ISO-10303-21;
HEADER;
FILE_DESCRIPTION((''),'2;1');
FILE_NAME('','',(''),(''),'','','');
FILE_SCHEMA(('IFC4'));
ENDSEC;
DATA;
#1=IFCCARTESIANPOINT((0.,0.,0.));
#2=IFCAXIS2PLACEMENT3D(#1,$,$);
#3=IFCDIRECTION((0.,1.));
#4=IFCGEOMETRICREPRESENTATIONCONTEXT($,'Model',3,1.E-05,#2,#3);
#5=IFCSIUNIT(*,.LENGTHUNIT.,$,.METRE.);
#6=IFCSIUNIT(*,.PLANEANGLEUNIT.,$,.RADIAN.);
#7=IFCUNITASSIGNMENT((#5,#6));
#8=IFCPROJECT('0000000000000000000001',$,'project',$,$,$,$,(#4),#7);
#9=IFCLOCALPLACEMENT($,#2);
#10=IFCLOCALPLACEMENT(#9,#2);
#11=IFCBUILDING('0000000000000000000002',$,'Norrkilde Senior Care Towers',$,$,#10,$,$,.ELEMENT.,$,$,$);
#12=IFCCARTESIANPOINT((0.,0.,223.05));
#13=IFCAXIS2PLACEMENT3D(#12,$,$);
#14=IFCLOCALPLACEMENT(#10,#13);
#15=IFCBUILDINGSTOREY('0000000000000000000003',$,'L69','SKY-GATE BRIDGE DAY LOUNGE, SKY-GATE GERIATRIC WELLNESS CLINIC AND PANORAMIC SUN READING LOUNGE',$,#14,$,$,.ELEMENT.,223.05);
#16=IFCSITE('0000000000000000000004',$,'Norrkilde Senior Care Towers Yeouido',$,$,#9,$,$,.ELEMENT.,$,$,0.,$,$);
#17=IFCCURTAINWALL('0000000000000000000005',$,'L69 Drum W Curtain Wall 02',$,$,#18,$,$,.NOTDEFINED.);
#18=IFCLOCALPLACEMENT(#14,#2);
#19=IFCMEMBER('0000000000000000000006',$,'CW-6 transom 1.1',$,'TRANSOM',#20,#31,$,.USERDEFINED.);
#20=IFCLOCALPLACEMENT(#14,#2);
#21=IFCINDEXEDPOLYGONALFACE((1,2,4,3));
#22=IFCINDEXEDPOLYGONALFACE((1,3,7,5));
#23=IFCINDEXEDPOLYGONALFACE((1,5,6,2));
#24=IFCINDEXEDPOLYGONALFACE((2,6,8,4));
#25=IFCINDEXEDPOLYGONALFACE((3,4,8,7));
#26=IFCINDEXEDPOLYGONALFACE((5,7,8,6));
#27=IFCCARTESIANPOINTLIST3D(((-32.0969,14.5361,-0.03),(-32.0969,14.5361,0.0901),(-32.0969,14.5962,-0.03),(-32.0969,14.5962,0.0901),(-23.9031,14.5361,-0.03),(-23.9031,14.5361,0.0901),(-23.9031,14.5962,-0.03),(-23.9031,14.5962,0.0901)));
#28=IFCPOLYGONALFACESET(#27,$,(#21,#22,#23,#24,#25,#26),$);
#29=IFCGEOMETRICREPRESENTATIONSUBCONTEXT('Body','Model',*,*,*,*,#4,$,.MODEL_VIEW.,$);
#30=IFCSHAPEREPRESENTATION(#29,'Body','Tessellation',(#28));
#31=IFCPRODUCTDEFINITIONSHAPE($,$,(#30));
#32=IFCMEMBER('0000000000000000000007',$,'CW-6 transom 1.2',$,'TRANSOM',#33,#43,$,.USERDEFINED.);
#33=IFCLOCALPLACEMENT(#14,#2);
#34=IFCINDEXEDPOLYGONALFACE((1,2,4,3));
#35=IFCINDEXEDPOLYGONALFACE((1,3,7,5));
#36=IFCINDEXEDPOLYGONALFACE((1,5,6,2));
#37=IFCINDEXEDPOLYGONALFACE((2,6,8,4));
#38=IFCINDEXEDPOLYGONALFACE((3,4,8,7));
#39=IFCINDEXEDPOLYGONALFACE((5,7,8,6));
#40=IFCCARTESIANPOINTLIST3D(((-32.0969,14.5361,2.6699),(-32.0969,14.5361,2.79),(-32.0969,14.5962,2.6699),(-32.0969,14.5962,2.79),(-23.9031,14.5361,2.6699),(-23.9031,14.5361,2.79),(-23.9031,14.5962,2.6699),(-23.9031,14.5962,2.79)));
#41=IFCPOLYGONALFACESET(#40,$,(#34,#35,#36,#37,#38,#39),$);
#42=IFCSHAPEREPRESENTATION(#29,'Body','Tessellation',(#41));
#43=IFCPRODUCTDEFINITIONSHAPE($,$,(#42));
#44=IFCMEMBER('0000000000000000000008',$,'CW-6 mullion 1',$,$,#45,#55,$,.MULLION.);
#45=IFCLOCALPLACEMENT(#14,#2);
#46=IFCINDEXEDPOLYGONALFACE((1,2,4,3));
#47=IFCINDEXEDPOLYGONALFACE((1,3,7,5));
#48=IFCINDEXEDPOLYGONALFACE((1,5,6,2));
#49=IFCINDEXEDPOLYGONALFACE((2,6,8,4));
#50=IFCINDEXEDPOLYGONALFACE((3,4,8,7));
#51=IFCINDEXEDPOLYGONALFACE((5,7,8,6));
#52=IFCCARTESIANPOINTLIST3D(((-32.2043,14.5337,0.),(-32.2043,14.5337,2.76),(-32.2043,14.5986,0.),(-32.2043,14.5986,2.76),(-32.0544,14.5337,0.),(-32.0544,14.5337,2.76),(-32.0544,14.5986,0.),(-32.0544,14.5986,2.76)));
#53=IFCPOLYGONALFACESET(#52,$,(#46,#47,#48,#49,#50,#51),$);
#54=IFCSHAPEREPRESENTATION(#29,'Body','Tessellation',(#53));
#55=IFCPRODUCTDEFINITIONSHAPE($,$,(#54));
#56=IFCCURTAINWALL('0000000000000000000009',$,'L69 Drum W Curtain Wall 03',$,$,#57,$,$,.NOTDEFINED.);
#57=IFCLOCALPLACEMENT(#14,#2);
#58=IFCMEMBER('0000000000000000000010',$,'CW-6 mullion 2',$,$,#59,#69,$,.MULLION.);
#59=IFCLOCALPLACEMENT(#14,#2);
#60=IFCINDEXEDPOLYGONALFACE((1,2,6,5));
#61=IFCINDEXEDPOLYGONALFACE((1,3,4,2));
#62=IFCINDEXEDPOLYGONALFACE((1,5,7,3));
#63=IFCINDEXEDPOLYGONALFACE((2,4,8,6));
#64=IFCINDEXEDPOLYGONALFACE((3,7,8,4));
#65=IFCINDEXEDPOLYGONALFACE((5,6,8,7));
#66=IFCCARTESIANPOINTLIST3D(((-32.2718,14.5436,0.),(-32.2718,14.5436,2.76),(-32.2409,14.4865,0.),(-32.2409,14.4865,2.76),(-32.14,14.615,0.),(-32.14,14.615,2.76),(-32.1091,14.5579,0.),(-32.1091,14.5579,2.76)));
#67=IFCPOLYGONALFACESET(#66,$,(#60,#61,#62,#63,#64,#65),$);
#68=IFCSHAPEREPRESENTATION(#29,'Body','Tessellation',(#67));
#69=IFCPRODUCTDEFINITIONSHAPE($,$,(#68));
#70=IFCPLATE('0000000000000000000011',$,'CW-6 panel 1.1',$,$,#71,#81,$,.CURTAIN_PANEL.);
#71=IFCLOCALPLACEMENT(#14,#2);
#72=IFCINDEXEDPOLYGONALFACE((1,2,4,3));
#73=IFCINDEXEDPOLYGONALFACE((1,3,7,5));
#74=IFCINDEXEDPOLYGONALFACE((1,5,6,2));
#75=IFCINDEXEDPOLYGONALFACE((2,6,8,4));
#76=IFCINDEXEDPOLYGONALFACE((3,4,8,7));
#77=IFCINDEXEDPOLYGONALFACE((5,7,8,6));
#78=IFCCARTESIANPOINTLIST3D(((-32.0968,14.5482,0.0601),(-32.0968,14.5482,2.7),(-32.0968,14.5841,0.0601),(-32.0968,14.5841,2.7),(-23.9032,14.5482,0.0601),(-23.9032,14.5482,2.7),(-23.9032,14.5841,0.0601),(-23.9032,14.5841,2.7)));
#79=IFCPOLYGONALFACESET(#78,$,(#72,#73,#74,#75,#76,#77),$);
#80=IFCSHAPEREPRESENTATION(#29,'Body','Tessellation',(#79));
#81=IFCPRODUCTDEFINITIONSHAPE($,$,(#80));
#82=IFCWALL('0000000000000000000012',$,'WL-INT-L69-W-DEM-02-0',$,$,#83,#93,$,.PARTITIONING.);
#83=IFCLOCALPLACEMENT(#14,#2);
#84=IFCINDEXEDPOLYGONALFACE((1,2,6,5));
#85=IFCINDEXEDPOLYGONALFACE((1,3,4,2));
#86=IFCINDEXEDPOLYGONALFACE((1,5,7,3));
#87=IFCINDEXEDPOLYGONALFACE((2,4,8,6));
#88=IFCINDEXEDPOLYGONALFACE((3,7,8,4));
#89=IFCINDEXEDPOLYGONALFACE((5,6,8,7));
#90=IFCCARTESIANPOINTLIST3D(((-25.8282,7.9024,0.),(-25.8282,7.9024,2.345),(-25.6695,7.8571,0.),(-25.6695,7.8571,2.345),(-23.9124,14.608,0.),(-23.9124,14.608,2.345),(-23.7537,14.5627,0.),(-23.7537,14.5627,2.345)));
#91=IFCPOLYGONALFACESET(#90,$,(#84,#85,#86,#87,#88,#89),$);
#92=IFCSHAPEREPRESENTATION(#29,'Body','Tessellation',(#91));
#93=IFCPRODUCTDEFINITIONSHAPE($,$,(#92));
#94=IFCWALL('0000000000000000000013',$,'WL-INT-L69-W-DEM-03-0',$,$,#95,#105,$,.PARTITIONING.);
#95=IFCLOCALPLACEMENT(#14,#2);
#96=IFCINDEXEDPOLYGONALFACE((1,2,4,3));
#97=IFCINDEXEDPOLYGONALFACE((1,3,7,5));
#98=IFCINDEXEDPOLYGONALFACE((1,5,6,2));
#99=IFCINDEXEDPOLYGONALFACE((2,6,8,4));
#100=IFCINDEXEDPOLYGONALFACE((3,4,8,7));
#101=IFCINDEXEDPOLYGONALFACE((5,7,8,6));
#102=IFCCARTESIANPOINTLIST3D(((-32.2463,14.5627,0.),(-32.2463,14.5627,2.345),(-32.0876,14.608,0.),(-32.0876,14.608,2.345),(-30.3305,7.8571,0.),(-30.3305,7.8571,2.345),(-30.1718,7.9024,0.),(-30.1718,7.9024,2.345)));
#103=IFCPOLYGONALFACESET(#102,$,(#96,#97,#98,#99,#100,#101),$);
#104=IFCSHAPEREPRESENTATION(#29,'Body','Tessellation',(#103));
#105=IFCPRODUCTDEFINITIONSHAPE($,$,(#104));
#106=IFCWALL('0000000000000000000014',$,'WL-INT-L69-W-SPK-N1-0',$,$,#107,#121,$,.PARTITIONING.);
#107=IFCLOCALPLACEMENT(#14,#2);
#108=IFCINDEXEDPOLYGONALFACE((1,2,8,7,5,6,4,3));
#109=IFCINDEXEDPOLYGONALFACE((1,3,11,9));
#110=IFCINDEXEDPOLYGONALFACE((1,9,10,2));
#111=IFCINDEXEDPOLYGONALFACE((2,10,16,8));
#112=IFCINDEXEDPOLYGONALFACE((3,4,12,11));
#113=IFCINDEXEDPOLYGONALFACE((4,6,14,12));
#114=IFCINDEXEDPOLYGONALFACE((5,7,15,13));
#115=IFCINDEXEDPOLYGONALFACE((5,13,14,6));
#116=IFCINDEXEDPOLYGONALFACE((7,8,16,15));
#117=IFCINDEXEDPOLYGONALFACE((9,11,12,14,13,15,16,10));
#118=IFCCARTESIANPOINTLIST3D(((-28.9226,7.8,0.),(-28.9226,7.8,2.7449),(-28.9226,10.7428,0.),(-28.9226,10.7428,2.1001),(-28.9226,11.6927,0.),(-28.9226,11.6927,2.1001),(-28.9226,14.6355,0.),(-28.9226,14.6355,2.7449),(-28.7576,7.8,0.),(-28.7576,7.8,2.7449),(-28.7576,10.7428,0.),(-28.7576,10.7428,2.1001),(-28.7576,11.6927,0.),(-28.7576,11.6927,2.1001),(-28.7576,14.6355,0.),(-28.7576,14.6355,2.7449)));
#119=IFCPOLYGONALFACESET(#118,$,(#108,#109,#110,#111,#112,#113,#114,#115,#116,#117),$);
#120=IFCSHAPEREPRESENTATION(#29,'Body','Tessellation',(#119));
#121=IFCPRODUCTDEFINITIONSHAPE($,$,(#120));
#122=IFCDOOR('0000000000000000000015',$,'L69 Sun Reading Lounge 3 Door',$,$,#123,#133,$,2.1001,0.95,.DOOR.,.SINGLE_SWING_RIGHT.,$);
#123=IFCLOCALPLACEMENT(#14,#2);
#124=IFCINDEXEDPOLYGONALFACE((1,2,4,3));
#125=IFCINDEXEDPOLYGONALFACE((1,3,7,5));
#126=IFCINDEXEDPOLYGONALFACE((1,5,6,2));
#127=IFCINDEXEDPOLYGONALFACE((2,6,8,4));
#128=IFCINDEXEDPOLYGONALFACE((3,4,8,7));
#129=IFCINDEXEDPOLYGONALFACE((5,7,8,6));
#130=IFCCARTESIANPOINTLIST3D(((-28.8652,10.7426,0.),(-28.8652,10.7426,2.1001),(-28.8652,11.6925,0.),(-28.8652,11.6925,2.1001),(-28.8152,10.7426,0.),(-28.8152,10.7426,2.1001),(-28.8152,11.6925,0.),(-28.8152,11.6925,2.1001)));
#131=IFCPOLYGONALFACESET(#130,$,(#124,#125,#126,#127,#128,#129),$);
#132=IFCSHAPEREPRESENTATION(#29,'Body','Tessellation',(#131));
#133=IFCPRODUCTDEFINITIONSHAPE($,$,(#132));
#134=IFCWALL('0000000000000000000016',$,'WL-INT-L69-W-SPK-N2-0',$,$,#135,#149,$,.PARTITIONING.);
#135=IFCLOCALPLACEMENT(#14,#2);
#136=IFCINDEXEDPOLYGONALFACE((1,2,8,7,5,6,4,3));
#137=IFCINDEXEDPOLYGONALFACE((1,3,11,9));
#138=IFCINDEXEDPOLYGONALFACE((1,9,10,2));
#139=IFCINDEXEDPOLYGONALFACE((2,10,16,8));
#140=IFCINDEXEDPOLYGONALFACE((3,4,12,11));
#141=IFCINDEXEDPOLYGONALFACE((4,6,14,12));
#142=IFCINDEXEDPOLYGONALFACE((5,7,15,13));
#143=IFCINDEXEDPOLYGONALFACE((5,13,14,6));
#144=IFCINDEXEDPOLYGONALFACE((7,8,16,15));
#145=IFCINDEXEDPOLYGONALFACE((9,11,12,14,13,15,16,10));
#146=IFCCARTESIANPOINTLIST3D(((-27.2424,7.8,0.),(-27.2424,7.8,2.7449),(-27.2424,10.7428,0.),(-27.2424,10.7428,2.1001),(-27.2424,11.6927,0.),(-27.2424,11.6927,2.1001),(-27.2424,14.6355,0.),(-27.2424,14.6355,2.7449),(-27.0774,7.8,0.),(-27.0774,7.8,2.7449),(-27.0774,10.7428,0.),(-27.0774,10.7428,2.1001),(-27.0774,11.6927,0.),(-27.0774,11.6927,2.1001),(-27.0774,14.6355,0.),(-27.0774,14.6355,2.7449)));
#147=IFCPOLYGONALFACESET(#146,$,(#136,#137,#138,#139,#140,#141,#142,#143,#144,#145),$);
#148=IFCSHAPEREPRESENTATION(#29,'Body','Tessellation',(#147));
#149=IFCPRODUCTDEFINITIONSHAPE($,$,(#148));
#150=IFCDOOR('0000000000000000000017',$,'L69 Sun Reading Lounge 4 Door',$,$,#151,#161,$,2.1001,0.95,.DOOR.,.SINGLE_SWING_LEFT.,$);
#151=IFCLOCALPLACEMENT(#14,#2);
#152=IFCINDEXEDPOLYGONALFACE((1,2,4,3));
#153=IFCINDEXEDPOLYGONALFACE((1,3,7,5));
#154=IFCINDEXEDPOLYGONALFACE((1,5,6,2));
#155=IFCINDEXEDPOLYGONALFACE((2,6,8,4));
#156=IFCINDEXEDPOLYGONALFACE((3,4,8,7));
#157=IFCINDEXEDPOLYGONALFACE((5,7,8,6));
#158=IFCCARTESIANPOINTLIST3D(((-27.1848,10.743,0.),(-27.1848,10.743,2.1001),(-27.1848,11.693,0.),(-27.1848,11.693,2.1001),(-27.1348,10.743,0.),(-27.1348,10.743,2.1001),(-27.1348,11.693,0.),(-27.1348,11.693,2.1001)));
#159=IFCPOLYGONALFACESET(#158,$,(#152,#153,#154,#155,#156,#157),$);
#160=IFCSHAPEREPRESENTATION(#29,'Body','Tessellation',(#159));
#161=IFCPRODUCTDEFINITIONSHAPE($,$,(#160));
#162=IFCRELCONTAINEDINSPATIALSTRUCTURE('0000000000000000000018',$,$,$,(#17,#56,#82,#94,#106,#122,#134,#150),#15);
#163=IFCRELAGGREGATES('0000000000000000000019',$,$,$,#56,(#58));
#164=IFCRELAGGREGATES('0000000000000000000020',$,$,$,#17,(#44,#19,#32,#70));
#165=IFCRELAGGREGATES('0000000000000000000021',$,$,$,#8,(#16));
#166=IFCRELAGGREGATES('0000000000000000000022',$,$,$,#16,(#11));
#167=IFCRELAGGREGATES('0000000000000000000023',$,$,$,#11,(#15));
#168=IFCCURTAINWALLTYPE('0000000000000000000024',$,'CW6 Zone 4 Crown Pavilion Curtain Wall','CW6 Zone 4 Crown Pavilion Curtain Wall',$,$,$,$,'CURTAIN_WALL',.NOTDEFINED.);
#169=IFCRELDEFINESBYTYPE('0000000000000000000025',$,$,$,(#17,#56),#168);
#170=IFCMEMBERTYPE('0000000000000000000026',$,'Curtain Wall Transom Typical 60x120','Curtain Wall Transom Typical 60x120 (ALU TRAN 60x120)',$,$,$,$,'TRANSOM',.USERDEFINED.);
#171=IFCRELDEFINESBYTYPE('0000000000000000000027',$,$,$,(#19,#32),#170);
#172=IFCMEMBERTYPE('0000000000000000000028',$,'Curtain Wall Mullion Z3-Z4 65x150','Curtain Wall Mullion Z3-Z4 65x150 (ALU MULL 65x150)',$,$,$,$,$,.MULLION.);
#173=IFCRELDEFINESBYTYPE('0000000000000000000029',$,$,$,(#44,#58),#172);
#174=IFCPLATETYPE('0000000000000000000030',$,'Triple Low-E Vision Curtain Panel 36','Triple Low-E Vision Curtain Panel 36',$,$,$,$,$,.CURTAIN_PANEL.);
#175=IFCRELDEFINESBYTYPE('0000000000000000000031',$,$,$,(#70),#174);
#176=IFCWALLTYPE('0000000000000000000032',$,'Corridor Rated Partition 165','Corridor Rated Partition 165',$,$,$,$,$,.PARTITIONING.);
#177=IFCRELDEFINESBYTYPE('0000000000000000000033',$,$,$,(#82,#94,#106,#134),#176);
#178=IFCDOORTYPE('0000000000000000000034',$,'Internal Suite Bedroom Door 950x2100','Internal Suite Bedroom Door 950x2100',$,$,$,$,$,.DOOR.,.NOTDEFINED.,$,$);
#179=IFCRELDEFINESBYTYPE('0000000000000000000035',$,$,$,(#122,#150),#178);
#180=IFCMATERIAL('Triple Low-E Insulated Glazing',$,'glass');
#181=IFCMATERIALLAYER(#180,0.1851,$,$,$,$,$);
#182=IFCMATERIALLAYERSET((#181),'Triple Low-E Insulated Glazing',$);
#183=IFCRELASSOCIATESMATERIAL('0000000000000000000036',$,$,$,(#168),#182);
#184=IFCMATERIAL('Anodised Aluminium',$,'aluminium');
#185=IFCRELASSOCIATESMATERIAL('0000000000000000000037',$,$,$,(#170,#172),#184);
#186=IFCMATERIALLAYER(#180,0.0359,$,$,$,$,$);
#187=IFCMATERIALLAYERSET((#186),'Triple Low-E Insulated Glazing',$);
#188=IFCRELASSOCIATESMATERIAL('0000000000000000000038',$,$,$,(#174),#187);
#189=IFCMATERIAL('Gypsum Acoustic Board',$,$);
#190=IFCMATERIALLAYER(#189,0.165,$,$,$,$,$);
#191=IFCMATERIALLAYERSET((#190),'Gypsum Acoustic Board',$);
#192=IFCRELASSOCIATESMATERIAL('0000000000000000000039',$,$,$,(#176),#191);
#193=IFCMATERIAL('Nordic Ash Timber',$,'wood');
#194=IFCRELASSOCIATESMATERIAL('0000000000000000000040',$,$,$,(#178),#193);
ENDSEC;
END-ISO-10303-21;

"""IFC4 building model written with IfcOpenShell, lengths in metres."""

from ifc_helpers import new_model, si_unit, direction, frame, frame_2d, origin, origin_2d, place, context, subcontext, project, spatial, rectangle, extrude, source, transform, mapped, material, layer, layer_set, material_profile, profile_set, type_object, type_shapes, element, fill, aggregate, save


model = new_model("IFC4")

# Units and contexts
model_context = context("Model", 3, precision=1e-05, world=origin(), true_north=direction((0.0, 1.0)))
body_context = subcontext(model_context, "Body", "Model", "MODEL_VIEW")
ifc_project = project(units=[si_unit("LENGTHUNIT", "METRE"), si_unit("PLANEANGLEUNIT", "RADIAN")], contexts=[model_context])

# Site, building, storey
site_placement = place(None, origin())
site = spatial("IfcSite", under=ifc_project, at=site_placement, Name="Norrkilde Senior Care Towers Yeouido", CompositionType="ELEMENT", RefElevation=0.0)
building_placement = place(site_placement, origin())
building = spatial("IfcBuilding", under=site, at=building_placement, Name="Norrkilde Senior Care Towers", CompositionType="ELEMENT")
storey_placement = place(building_placement, frame((0.0, 0.0, 223.05)))
storey = spatial("IfcBuildingStorey", under=building, at=storey_placement, Name="L69", Description="SKY-GATE BRIDGE DAY LOUNGE, SKY-GATE GERIATRIC WELLNESS CLINIC AND PANORAMIC SUN READING LOUNGE", CompositionType="ELEMENT", Elevation=223.05)

# Curtain wall, members
ifc_material_1 = material(Name="Triple Low-E Insulated Glazing", Category="glass")
ifc_layer_1 = layer(ifc_material_1, 0.1851)
ifc_layer_set_1 = layer_set([ifc_layer_1], Name="Triple Low-E Insulated Glazing")
curtain_wall_type = type_object("IfcCurtainWallType", Name="CW6 Zone 4 Crown Pavilion Curtain Wall", Description="CW6 Zone 4 Crown Pavilion Curtain Wall", ElementType="CURTAIN_WALL", PredefinedType="NOTDEFINED", material=ifc_layer_set_1)
curtain_wall_1_placement = place(storey_placement, origin())
curtain_wall_1 = element("IfcCurtainWall", 1, at=curtain_wall_1_placement, inside=storey, type_object=curtain_wall_type, Name="L69 Drum W Curtain Wall 02", PredefinedType="NOTDEFINED")
ifc_material_2 = material(Name="Anodised Aluminium", Category="aluminium")
ifc_material_profile_1 = material_profile(ifc_material_2, rectangle(XDim=0.0601, YDim=0.1201, at=origin_2d()), Name="ALU TRAN 60x120")
ifc_profile_set_1 = profile_set([ifc_material_profile_1], Name="Anodised Aluminium")
member_type_1 = type_object("IfcMemberType", Name="Curtain Wall Transom Typical 60x120", Description="Curtain Wall Transom Typical 60x120 (ALU TRAN 60x120)", ElementType="TRANSOM", PredefinedType="USERDEFINED", material=ifc_profile_set_1)
shared_shape_1 = source(origin(), body_context, "Body", "SweptSolid", [
    extrude(rectangle(XDim=0.0601, YDim=0.1201, at=origin_2d()), origin(), (0.0, 0.0, 1.0), 8.1938),
])
type_shapes(member_type_1, [shared_shape_1])
member_1_placement = place(storey_placement, frame((-32.0969, 14.5662, 0.03), z_axis=(1.0, 0.0, 0.0), x_axis=(0.0, 1.0, 0.0)))
member_1 = element("IfcMember", 2, at=member_1_placement, type_object=member_type_1, Name="CW-6 transom 1.1", ObjectType="TRANSOM", PredefinedType="USERDEFINED", context=body_context, shape_type="MappedRepresentation", body=[
    mapped(shared_shape_1, transform((0.0, 0.0, 0.0), x_axis=(1.0, 0.0, 0.0), y_axis=(0.0, 1.0, 0.0), z_axis=(0.0, 0.0, 1.0), scale=1.0)),
])
member_2_placement = place(storey_placement, frame((-32.0969, 14.5662, 2.73), z_axis=(1.0, 0.0, 0.0), x_axis=(0.0, 1.0, 0.0)))
member_2 = element("IfcMember", 3, at=member_2_placement, type_object=member_type_1, Name="CW-6 transom 1.2", ObjectType="TRANSOM", PredefinedType="USERDEFINED", context=body_context, shape_type="MappedRepresentation", body=[
    mapped(shared_shape_1, transform((0.0, 0.0, 0.0), x_axis=(1.0, 0.0, 0.0), y_axis=(0.0, 1.0, 0.0), z_axis=(0.0, 0.0, 1.0), scale=1.0)),
])
ifc_material_profile_2 = material_profile(ifc_material_2, rectangle(XDim=0.0649, YDim=0.1499, at=origin_2d()), Name="ALU MULL 65x150")
ifc_profile_set_2 = profile_set([ifc_material_profile_2], Name="Anodised Aluminium")
member_type_2 = type_object("IfcMemberType", Name="Curtain Wall Mullion Z3-Z4 65x150", Description="Curtain Wall Mullion Z3-Z4 65x150 (ALU MULL 65x150)", PredefinedType="MULLION", material=ifc_profile_set_2)
shared_shape_2 = source(origin(), body_context, "Body", "SweptSolid", [
    extrude(rectangle(XDim=0.0649, YDim=0.1499, at=origin_2d()), origin(), (0.0, 0.0, 1.0), 2.76),
])
type_shapes(member_type_2, [shared_shape_2])
member_3_placement = place(storey_placement, frame((-32.1294, 14.5662, 0.0), z_axis=(0.0, 0.0, 1.0), x_axis=(0.0, 1.0, 0.0)))
member_3 = element("IfcMember", 4, at=member_3_placement, type_object=member_type_2, Name="CW-6 mullion 1", PredefinedType="MULLION", context=body_context, shape_type="MappedRepresentation", body=[
    mapped(shared_shape_2, transform((0.0, 0.0, 0.0), x_axis=(1.0, 0.0, 0.0), y_axis=(0.0, 1.0, 0.0), z_axis=(0.0, 0.0, 1.0), scale=1.0)),
])

# Curtain wall, member
curtain_wall_2_placement = place(storey_placement, origin())
curtain_wall_2 = element("IfcCurtainWall", 5, at=curtain_wall_2_placement, inside=storey, type_object=curtain_wall_type, Name="L69 Drum W Curtain Wall 03", PredefinedType="NOTDEFINED")
member_4_placement = place(storey_placement, frame((-32.1904, 14.5508, 0.0), z_axis=(0.0, 0.0, 1.0), x_axis=(-0.476133, 0.879373, 0.0)))
member_4 = element("IfcMember", 6, at=member_4_placement, type_object=member_type_2, Name="CW-6 mullion 2", PredefinedType="MULLION", context=body_context, shape_type="MappedRepresentation", body=[
    mapped(shared_shape_2, transform((0.0, 0.0, 0.0), x_axis=(1.0, 0.0, 0.0), y_axis=(0.0, 1.0, 0.0), z_axis=(0.0, 0.0, 1.0), scale=1.0)),
])
aggregate(curtain_wall_2, [member_4])

# Plate
ifc_layer_2 = layer(ifc_material_1, 0.0359)
ifc_layer_set_2 = layer_set([ifc_layer_2], Name="Triple Low-E Insulated Glazing")
plate_type = type_object("IfcPlateType", Name="Triple Low-E Vision Curtain Panel 36", Description="Triple Low-E Vision Curtain Panel 36", PredefinedType="CURTAIN_PANEL", material=ifc_layer_set_2)
shared_shape_3 = source(origin(), body_context, "Body", "SweptSolid", [
    extrude(rectangle(XDim=8.1936, YDim=0.0359, at=origin_2d()), origin(), (0.0, 0.0, 1.0), 2.6399),
])
type_shapes(plate_type, [shared_shape_3])
plate_placement = place(storey_placement, frame((-28.0, 14.5662, 0.0601), z_axis=(0.0, 0.0, 1.0), x_axis=(1.0, 0.0, 0.0)))
plate = element("IfcPlate", 7, at=plate_placement, type_object=plate_type, Name="CW-6 panel 1.1", PredefinedType="CURTAIN_PANEL", context=body_context, shape_type="MappedRepresentation", body=[
    mapped(shared_shape_3, transform((0.0, 0.0, 0.0), x_axis=(1.0, 0.0, 0.0), y_axis=(0.0, 1.0, 0.0), z_axis=(0.0, 0.0, 1.0), scale=1.0)),
])
aggregate(curtain_wall_1, [member_3, member_1, member_2, plate])

# Walls
ifc_material_3 = material(Name="Gypsum Acoustic Board")
ifc_layer_3 = layer(ifc_material_3, 0.165)
ifc_layer_set_3 = layer_set([ifc_layer_3], Name="Gypsum Acoustic Board")
wall_type_1 = type_object("IfcWallType", Name="Corridor Rated Partition 165", Description="Corridor Rated Partition 165", PredefinedType="PARTITIONING", material=ifc_layer_set_3)
shared_shape_4 = source(origin(), body_context, "Body", "SweptSolid", [
    extrude(rectangle(XDim=6.9739, YDim=0.165, at=frame_2d((3.4868, 0.0))), origin(), (0.0, 0.0, 1.0), 2.345),
])
for number, where, z_axis, x_axis, name in (
    (8, (-25.7488, 7.8799, 0.0), (0.0, 0.0, 1.0), (0.274707, 0.961528, 0.0), "WL-INT-L69-W-DEM-02-0"),
    (9, (-30.2512, 7.8799, 0.0), (0.0, 0.0, 1.0), (-0.274707, 0.961528, 0.0), "WL-INT-L69-W-DEM-03-0"),
):
    element("IfcWall", number, at=place(storey_placement, frame(where, z_axis=z_axis, x_axis=x_axis)), inside=storey, type_object=wall_type_1, Name=name, PredefinedType="PARTITIONING", context=body_context, shape_type="MappedRepresentation", body=[
        mapped(shared_shape_4, transform((0.0, 0.0, 0.0), x_axis=(1.0, 0.0, 0.0), y_axis=(0.0, 1.0, 0.0), z_axis=(0.0, 0.0, 1.0), scale=1.0)),
    ])

# Shared definitions
ifc_material_4 = material(Name="Nordic Ash Timber", Category="wood")

# Walls, openings, doors
shared_shape_5 = source(origin(), body_context, "Body", "SweptSolid", [
    extrude(rectangle(XDim=6.8354, YDim=0.165, at=frame_2d((3.4177, 0.0))), origin(), (0.0, 0.0, 1.0), 2.7449),
])
wall_1_placement = place(storey_placement, frame((-28.8401, 7.8, 0.0), z_axis=(0.0, 0.0, 1.0), x_axis=(0.0, 1.0, 0.0)))
wall_1 = element("IfcWall", 10, at=wall_1_placement, inside=storey, type_object=wall_type_1, Name="WL-INT-L69-W-SPK-N1-0", PredefinedType="PARTITIONING", context=body_context, shape_type="MappedRepresentation", body=[
    mapped(shared_shape_5, transform((0.0, 0.0, 0.0), x_axis=(1.0, 0.0, 0.0), y_axis=(0.0, 1.0, 0.0), z_axis=(0.0, 0.0, 1.0), scale=1.0)),
])
opening_1_placement = place(wall_1_placement, frame((2.9426, 0.0, 0.0)))
opening_1 = element("IfcOpeningElement", 11, at=opening_1_placement, cuts=wall_1, PredefinedType="OPENING", context=body_context, shape_type="SweptSolid", body=[
    extrude(rectangle(XDim=0.95, YDim=2.1001, at=frame_2d((0.4751, 1.05))), frame((0.0, 0.0925, 0.0), z_axis=(0.0, -1.0, 0.0), x_axis=(1.0, 0.0, 0.0)), (0.0, 0.0, 1.0), 0.1851),
])
door_type_1 = type_object("IfcDoorType", Name="Internal Suite Bedroom Door 950x2100", Description="Internal Suite Bedroom Door 950x2100", OperationType="NOTDEFINED", PredefinedType="DOOR", material=ifc_material_4)
shared_shape_6 = source(origin(), body_context, "Body", "SweptSolid", [
    extrude(rectangle(XDim=0.95, YDim=2.1001, at=frame_2d((0.4751, 1.05))), frame((0.0, 0.0249, 0.0), z_axis=(0.0, -1.0, 0.0), x_axis=(1.0, 0.0, 0.0)), (0.0, 0.0, 1.0), 0.05),
])
type_shapes(door_type_1, [shared_shape_6])
door_1_placement = place(opening_1_placement, frame((0.95, 0.0, 0.0), z_axis=(0.0, 0.0, 1.0), x_axis=(-1.0, 0.0, 0.0)))
door_1 = element("IfcDoor", 12, at=door_1_placement, inside=storey, type_object=door_type_1, Name="L69 Sun Reading Lounge 3 Door", OperationType="SINGLE_SWING_RIGHT", OverallHeight=2.1001, OverallWidth=0.95, PredefinedType="DOOR", context=body_context, shape_type="MappedRepresentation", body=[
    mapped(shared_shape_6, transform((0.0, 0.0, 0.0), x_axis=(1.0, 0.0, 0.0), y_axis=(0.0, 1.0, 0.0), z_axis=(0.0, 0.0, 1.0), scale=1.0)),
])
fill(opening_1, door_1)
wall_2_placement = place(storey_placement, frame((-27.1599, 14.6355, 0.0), z_axis=(0.0, 0.0, 1.0), x_axis=(0.0, -1.0, 0.0)))
wall_2 = element("IfcWall", 13, at=wall_2_placement, inside=storey, type_object=wall_type_1, Name="WL-INT-L69-W-SPK-N2-0", PredefinedType="PARTITIONING", context=body_context, shape_type="MappedRepresentation", body=[
    mapped(shared_shape_5, transform((0.0, 0.0, 0.0), x_axis=(1.0, 0.0, 0.0), y_axis=(0.0, 1.0, 0.0), z_axis=(0.0, 0.0, 1.0), scale=1.0)),
])
opening_2_placement = place(wall_2_placement, frame((2.9426, 0.0, 0.0)))
opening_2 = element("IfcOpeningElement", 14, at=opening_2_placement, cuts=wall_2, PredefinedType="OPENING", context=body_context, shape_type="SweptSolid", body=[
    extrude(rectangle(XDim=0.95, YDim=2.1001, at=frame_2d((0.4751, 1.05))), frame((0.0, 0.0925, 0.0), z_axis=(0.0, -1.0, 0.0), x_axis=(1.0, 0.0, 0.0)), (0.0, 0.0, 1.0), 0.1851),
])
door_2_placement = place(opening_2_placement, frame((0.95, 0.0, 0.0), z_axis=(0.0, 0.0, 1.0), x_axis=(-1.0, 0.0, 0.0)))
door_2 = element("IfcDoor", 15, at=door_2_placement, inside=storey, type_object=door_type_1, Name="L69 Sun Reading Lounge 4 Door", OperationType="SINGLE_SWING_LEFT", OverallHeight=2.1001, OverallWidth=0.95, PredefinedType="DOOR", context=body_context, shape_type="MappedRepresentation", body=[
    mapped(shared_shape_6, transform((0.0, 0.0, 0.0), x_axis=(1.0, 0.0, 0.0), y_axis=(0.0, 1.0, 0.0), z_axis=(0.0, 0.0, 1.0), scale=1.0)),
])
fill(opening_2, door_2)

save(model, "model.ifc")
